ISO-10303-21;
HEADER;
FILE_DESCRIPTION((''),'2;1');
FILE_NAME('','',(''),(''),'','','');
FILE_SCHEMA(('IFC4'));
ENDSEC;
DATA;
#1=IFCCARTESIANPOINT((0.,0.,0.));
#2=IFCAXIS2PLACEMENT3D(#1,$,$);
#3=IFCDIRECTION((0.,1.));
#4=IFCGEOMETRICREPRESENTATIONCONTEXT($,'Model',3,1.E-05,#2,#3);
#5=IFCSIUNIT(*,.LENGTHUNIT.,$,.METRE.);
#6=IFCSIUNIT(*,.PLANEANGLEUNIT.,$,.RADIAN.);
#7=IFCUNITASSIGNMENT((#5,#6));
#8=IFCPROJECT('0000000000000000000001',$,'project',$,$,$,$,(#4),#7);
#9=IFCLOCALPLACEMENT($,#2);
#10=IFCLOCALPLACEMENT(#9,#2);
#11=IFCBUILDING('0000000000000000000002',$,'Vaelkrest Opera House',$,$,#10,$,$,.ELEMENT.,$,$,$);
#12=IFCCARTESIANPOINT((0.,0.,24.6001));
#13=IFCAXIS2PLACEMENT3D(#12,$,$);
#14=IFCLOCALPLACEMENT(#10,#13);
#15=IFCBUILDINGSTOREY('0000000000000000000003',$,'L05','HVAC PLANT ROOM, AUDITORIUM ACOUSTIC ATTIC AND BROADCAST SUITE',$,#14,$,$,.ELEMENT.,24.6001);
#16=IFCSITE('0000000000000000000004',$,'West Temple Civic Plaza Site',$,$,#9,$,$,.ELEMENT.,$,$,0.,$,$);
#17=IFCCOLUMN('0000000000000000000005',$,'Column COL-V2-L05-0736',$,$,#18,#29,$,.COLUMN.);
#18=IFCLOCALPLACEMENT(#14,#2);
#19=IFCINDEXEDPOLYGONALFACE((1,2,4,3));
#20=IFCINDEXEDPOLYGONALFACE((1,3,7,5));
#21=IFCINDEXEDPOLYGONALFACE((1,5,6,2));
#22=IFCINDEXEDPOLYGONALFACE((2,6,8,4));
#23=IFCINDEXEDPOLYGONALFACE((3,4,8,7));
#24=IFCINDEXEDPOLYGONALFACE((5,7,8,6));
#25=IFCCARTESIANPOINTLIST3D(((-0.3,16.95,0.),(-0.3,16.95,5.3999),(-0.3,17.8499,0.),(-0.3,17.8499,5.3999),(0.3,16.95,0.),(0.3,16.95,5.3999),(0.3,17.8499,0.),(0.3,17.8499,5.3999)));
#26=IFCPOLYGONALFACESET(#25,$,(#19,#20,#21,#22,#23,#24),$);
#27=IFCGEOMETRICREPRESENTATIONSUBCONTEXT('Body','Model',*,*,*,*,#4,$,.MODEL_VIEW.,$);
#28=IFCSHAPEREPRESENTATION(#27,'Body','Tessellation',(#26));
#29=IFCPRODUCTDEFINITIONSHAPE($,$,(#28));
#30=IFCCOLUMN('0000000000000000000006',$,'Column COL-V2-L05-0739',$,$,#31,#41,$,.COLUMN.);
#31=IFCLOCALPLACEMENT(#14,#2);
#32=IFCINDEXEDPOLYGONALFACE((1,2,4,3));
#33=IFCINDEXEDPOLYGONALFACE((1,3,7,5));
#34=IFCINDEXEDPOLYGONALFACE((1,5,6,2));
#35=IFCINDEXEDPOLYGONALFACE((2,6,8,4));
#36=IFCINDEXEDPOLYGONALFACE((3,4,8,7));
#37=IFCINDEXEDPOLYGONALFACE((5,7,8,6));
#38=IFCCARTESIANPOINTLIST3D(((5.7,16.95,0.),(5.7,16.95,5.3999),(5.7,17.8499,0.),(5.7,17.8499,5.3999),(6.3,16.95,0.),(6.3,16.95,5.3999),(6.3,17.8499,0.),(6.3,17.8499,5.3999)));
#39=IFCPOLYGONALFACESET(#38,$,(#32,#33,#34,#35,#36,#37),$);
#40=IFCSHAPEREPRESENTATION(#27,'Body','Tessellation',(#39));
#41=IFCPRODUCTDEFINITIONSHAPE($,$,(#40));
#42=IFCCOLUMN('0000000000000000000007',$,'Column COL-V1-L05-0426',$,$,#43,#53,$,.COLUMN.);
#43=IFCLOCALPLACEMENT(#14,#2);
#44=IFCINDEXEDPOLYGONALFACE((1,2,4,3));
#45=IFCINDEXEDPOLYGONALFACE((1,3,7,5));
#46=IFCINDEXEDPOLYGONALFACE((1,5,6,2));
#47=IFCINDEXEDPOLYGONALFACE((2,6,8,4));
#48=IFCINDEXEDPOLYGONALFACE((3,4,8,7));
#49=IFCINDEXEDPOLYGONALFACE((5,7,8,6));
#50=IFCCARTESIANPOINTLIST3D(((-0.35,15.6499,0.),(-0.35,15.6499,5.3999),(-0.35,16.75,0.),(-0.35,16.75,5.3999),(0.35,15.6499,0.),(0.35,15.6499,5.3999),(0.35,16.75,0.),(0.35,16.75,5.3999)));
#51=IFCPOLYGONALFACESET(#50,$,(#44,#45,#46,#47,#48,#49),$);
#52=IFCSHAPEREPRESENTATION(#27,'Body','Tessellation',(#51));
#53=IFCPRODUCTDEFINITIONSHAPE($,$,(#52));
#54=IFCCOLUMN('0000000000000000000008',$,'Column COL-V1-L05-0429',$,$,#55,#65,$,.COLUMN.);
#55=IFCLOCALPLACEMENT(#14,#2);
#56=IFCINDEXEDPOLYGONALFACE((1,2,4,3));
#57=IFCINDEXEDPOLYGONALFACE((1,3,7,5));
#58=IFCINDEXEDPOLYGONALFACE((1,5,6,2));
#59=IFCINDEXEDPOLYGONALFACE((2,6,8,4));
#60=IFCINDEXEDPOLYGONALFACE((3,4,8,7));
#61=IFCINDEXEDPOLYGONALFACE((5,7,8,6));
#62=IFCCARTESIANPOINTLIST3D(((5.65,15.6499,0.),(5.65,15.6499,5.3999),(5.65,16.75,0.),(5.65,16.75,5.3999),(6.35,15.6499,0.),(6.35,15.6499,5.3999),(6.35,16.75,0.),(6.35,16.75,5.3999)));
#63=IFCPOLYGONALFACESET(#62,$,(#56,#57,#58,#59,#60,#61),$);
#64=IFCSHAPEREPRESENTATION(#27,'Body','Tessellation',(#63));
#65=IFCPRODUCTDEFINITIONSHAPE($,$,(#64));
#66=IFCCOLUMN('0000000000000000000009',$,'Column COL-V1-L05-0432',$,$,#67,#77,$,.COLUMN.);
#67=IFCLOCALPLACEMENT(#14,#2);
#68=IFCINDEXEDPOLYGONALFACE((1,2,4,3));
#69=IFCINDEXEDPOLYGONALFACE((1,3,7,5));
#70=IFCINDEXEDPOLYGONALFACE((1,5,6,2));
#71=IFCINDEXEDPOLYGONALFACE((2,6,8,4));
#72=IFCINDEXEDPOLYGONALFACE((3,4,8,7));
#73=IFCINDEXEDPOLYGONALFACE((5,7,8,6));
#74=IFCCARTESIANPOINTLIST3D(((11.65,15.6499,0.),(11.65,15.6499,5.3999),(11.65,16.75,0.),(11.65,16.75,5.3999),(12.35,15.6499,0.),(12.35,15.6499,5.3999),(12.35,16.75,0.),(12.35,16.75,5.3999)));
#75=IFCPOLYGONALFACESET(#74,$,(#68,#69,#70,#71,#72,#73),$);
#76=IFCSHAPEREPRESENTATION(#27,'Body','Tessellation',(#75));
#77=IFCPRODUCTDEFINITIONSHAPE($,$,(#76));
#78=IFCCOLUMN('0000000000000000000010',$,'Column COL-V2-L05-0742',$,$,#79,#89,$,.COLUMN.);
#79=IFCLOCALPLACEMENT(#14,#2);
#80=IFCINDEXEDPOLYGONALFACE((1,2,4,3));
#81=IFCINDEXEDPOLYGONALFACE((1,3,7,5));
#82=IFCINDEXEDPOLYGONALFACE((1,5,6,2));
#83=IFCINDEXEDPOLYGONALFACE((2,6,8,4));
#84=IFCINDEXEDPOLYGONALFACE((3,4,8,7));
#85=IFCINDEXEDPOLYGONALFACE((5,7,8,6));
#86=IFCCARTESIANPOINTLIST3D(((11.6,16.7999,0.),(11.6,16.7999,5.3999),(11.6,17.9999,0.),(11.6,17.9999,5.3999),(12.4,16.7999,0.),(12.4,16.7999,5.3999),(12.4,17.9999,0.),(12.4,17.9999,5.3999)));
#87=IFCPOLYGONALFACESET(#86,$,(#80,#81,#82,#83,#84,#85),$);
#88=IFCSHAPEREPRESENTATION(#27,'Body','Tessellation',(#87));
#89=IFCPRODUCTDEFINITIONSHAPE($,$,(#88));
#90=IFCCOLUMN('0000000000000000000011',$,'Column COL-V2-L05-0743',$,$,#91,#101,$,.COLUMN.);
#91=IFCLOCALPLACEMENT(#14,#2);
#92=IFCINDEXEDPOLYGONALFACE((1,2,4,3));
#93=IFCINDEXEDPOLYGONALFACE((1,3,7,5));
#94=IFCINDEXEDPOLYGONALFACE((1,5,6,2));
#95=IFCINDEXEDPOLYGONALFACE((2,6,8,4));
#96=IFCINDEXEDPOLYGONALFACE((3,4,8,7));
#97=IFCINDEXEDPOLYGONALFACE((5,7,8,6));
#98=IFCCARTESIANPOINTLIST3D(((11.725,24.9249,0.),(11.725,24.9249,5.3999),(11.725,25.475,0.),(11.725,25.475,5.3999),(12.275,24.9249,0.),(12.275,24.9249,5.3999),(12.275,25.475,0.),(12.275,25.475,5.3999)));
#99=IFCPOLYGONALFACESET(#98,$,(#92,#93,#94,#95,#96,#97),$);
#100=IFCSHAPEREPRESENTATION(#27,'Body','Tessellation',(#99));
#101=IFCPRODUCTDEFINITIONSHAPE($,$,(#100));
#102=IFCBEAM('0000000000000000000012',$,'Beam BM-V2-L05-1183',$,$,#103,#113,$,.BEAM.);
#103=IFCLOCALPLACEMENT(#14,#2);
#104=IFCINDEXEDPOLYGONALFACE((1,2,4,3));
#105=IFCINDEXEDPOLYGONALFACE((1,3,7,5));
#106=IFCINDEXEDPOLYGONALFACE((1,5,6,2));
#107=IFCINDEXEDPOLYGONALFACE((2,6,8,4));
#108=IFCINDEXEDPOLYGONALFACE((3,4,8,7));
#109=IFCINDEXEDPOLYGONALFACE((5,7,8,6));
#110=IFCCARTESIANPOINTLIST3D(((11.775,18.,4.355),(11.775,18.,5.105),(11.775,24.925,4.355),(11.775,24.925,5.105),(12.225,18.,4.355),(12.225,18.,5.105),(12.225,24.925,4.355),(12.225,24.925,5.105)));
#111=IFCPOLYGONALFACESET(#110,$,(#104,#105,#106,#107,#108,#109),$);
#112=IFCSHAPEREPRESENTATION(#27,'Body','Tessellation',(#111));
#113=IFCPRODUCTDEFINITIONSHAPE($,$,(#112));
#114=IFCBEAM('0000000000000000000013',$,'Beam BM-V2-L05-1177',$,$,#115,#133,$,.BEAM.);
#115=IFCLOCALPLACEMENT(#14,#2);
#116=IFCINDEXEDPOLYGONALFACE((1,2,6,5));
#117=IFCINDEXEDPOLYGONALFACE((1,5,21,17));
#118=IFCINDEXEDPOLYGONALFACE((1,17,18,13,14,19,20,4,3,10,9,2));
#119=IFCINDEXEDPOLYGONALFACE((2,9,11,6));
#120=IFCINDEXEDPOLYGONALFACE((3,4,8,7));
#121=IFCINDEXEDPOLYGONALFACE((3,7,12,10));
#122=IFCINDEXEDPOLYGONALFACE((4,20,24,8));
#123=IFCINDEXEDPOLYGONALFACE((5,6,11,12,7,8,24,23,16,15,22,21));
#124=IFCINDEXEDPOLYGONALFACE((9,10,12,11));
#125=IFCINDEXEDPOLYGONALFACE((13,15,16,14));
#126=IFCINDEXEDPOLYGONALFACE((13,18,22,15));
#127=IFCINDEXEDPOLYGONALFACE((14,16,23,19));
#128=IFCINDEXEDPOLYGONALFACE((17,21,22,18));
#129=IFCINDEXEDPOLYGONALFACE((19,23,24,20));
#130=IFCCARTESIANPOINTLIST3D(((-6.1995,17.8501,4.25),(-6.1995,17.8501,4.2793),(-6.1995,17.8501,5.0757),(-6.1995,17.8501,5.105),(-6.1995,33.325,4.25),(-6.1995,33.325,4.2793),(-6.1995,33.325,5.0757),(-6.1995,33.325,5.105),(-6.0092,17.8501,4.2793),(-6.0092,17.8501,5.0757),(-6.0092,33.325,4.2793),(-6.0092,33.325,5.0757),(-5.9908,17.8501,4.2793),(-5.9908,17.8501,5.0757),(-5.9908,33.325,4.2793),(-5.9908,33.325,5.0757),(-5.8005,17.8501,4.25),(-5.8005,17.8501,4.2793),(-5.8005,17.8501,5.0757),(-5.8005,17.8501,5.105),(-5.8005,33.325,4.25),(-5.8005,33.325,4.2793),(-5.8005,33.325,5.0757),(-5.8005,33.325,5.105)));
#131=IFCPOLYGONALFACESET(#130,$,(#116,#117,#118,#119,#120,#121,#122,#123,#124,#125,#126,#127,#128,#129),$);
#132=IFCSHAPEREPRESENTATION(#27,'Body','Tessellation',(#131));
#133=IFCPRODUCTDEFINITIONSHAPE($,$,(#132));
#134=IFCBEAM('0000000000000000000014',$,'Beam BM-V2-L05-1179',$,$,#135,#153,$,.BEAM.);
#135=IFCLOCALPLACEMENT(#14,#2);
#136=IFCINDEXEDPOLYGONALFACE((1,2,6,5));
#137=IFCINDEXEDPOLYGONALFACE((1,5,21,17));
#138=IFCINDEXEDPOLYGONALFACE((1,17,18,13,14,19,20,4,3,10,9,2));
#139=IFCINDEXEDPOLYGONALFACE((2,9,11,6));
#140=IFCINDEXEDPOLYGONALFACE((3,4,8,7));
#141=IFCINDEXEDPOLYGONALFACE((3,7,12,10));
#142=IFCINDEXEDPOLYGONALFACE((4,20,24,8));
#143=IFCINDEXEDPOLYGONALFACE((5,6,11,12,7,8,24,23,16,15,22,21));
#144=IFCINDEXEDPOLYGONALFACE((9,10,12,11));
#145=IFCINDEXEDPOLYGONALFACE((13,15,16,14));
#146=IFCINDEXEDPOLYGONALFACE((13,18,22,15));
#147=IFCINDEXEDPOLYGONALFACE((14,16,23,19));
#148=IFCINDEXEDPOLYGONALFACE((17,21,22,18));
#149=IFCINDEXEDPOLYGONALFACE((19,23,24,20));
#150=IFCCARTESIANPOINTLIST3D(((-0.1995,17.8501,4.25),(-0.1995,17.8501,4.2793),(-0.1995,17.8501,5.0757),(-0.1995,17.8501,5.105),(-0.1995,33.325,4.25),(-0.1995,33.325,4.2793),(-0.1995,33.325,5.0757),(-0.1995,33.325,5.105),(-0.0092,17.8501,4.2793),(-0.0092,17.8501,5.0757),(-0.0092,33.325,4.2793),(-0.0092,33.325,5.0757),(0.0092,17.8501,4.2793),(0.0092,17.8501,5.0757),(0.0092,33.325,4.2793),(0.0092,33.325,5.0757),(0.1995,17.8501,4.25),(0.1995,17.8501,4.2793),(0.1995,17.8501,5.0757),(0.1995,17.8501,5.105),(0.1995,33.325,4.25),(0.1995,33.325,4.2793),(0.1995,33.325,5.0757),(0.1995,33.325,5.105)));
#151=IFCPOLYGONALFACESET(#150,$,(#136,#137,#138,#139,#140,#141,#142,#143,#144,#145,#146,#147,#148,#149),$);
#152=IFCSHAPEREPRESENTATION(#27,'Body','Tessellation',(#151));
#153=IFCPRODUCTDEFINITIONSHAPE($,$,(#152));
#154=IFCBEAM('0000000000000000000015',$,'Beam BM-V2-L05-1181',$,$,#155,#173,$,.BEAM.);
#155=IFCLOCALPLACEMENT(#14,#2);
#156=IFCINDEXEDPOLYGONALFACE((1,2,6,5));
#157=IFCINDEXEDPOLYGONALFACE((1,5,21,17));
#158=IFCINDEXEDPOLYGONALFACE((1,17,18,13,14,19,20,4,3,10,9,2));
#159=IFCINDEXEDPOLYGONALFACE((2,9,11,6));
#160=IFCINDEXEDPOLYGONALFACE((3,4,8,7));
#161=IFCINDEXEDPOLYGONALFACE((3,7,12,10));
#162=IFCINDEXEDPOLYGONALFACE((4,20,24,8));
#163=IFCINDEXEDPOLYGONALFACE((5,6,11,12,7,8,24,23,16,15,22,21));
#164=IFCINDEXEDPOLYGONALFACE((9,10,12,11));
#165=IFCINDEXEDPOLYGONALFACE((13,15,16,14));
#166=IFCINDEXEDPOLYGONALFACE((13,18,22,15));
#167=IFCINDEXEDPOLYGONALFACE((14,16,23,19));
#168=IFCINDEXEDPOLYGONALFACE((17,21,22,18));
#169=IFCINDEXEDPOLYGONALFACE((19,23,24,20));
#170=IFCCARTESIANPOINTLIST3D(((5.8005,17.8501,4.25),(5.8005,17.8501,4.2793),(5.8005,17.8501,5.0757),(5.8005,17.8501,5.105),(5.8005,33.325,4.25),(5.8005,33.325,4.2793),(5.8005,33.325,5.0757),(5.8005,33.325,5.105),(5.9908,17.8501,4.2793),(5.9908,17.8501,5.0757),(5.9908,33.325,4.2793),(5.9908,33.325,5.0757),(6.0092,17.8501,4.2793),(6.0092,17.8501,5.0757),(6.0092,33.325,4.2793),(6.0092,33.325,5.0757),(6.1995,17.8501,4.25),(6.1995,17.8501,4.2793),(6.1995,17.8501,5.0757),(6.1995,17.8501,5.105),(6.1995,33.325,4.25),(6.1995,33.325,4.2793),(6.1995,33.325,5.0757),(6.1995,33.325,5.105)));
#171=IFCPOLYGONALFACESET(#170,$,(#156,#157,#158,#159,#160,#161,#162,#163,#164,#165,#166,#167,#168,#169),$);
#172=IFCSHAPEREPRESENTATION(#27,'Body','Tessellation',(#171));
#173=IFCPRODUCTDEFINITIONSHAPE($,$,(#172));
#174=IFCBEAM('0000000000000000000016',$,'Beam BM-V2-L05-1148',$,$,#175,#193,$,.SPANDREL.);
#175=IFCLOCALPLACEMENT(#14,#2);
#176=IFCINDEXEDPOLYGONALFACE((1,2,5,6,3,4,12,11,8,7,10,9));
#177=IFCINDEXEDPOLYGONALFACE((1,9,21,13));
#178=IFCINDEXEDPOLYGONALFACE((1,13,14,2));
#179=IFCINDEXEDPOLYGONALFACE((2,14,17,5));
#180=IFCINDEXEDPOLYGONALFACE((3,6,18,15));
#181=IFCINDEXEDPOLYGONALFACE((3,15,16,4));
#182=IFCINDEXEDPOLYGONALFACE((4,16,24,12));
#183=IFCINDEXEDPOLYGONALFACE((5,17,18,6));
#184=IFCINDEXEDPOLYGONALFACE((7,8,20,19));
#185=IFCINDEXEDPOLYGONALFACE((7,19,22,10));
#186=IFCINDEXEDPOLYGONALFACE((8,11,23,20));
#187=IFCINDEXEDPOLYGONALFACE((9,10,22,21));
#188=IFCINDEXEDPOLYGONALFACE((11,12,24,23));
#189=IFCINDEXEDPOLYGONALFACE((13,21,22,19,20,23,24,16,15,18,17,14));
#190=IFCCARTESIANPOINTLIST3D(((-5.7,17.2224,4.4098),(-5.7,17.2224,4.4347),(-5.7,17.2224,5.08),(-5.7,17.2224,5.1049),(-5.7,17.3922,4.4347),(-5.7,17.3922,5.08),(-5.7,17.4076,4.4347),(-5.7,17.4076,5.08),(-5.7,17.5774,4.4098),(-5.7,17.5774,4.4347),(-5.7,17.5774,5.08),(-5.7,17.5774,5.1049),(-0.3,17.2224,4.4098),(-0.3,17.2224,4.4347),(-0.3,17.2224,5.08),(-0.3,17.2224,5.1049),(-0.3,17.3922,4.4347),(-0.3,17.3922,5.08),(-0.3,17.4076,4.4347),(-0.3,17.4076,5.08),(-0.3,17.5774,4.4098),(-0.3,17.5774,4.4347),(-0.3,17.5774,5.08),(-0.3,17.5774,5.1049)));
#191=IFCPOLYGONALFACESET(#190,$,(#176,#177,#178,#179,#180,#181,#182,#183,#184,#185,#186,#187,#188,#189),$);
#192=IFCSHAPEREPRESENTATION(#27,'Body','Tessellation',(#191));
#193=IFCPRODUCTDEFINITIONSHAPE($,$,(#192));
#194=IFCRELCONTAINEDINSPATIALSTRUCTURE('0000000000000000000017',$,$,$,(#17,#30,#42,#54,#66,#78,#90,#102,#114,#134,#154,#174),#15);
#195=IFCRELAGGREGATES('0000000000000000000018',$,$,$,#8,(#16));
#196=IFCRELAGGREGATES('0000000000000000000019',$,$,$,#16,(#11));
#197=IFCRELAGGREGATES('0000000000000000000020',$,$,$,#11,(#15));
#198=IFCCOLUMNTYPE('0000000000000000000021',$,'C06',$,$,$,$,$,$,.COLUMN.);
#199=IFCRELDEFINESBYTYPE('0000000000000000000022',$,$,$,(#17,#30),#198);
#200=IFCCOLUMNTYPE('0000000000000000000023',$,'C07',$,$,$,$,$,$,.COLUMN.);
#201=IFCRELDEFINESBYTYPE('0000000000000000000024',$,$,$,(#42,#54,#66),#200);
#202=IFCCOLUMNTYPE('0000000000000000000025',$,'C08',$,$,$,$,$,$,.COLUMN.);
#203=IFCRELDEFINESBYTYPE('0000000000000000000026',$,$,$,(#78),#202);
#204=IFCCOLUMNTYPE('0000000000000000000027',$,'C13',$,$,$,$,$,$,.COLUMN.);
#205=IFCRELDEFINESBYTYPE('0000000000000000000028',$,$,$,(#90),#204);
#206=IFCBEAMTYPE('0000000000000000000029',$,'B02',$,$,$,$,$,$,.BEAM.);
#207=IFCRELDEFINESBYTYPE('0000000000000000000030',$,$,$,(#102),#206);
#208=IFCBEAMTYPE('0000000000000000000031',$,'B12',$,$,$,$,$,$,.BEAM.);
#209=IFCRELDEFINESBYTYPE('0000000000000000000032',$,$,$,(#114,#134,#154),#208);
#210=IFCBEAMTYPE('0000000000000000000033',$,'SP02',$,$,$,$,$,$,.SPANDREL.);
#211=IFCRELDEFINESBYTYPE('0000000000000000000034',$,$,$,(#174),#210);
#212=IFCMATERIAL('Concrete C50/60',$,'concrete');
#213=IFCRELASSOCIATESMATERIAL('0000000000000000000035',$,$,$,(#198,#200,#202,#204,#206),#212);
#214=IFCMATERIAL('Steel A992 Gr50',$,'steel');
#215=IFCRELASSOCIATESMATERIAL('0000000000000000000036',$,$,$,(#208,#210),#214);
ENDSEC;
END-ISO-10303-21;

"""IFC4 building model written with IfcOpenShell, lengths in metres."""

from ifc_helpers import new_model, si_unit, direction, frame, origin, origin_2d, place, context, subcontext, project, spatial, rectangle, i_section, extrude, material, material_profile, profile_set, type_object, element, save


model = new_model("IFC4")

# Units and contexts
model_context = context("Model", 3, precision=1e-05, world=origin(), true_north=direction((0.0, 1.0)))
body_context = subcontext(model_context, "Body", "Model", "MODEL_VIEW")
ifc_project = project(units=[si_unit("LENGTHUNIT", "METRE"), si_unit("PLANEANGLEUNIT", "RADIAN")], contexts=[model_context])

# Site, building, storey
site_placement = place(None, origin())
site = spatial("IfcSite", under=ifc_project, at=site_placement, Name="West Temple Civic Plaza Site", CompositionType="ELEMENT", RefElevation=0.0)
building_placement = place(site_placement, origin())
building = spatial("IfcBuilding", under=site, at=building_placement, Name="Vaelkrest Opera House", CompositionType="ELEMENT")
storey_placement = place(building_placement, frame((0.0, 0.0, 24.6001)))
storey = spatial("IfcBuildingStorey", under=building, at=storey_placement, Name="L05", Description="HVAC PLANT ROOM, AUDITORIUM ACOUSTIC ATTIC AND BROADCAST SUITE", CompositionType="ELEMENT", Elevation=24.6001)

# Columns
ifc_material_1 = material(Name="Concrete C50/60", Category="concrete")
ifc_material_profile_1 = material_profile(ifc_material_1, rectangle(XDim=0.6001, YDim=0.8999, at=origin_2d()), Name="RC600X900")
ifc_profile_set_1 = profile_set([ifc_material_profile_1], Name="Concrete C50/60")
column_type_1 = type_object("IfcColumnType", Name="C06", PredefinedType="COLUMN", material=ifc_profile_set_1)
for number, where, z_axis, x_axis, name in (
    (1, (0.0, 17.3999, 0.0), (0.0, 0.0, 1.0), (1.0, 0.0, 0.0), "Column COL-V2-L05-0736"),
    (2, (6.0, 17.3999, 0.0), (0.0, 0.0, 1.0), (1.0, 0.0, 0.0), "Column COL-V2-L05-0739"),
):
    element("IfcColumn", number, at=place(storey_placement, frame(where, z_axis=z_axis, x_axis=x_axis)), inside=storey, type_object=column_type_1, Name=name, PredefinedType="COLUMN", context=body_context, shape_type="SweptSolid", body=[
        extrude(rectangle(XDim=0.6001, YDim=0.8999, at=origin_2d()), origin(), (0.0, 0.0, 1.0), 5.3999),
    ])
ifc_material_profile_2 = material_profile(ifc_material_1, rectangle(XDim=0.7, YDim=1.1001, at=origin_2d()), Name="RC700X1100")
ifc_profile_set_2 = profile_set([ifc_material_profile_2], Name="Concrete C50/60")
column_type_2 = type_object("IfcColumnType", Name="C07", PredefinedType="COLUMN", material=ifc_profile_set_2)
for number, where, z_axis, x_axis, name in (
    (3, (0.0, 16.2, 0.0), (0.0, 0.0, 1.0), (1.0, 0.0, 0.0), "Column COL-V1-L05-0426"),
    (4, (6.0, 16.2, 0.0), (0.0, 0.0, 1.0), (1.0, 0.0, 0.0), "Column COL-V1-L05-0429"),
    (5, (12.0, 16.2, 0.0), (0.0, 0.0, 1.0), (1.0, 0.0, 0.0), "Column COL-V1-L05-0432"),
):
    element("IfcColumn", number, at=place(storey_placement, frame(where, z_axis=z_axis, x_axis=x_axis)), inside=storey, type_object=column_type_2, Name=name, PredefinedType="COLUMN", context=body_context, shape_type="SweptSolid", body=[
        extrude(rectangle(XDim=0.7, YDim=1.1001, at=origin_2d()), origin(), (0.0, 0.0, 1.0), 5.3999),
    ])
ifc_material_profile_3 = material_profile(ifc_material_1, rectangle(XDim=0.8, YDim=1.2, at=origin_2d()), Name="RC800X1200")
ifc_profile_set_3 = profile_set([ifc_material_profile_3], Name="Concrete C50/60")
column_type_3 = type_object("IfcColumnType", Name="C08", PredefinedType="COLUMN", material=ifc_profile_set_3)
column_1_placement = place(storey_placement, frame((12.0, 17.3999, 0.0), z_axis=(0.0, 0.0, 1.0), x_axis=(1.0, 0.0, 0.0)))
element("IfcColumn", 6, at=column_1_placement, inside=storey, type_object=column_type_3, Name="Column COL-V2-L05-0742", PredefinedType="COLUMN", context=body_context, shape_type="SweptSolid", body=[
    extrude(rectangle(XDim=0.8, YDim=1.2, at=origin_2d()), origin(), (0.0, 0.0, 1.0), 5.3999),
])
ifc_material_profile_4 = material_profile(ifc_material_1, rectangle(XDim=0.55, YDim=0.55, at=origin_2d()), Name="RC550X550")
ifc_profile_set_4 = profile_set([ifc_material_profile_4], Name="Concrete C50/60")
column_type_4 = type_object("IfcColumnType", Name="C13", PredefinedType="COLUMN", material=ifc_profile_set_4)
column_2_placement = place(storey_placement, frame((12.0, 25.2, 0.0), z_axis=(0.0, 0.0, 1.0), x_axis=(1.0, 0.0, 0.0)))
element("IfcColumn", 7, at=column_2_placement, inside=storey, type_object=column_type_4, Name="Column COL-V2-L05-0743", PredefinedType="COLUMN", context=body_context, shape_type="SweptSolid", body=[
    extrude(rectangle(XDim=0.55, YDim=0.55, at=origin_2d()), origin(), (0.0, 0.0, 1.0), 5.3999),
])

# Beams
ifc_material_profile_5 = material_profile(ifc_material_1, rectangle(XDim=0.45, YDim=0.75, at=origin_2d()), Name="RCB450X750")
ifc_profile_set_5 = profile_set([ifc_material_profile_5], Name="Concrete C50/60")
beam_type_1 = type_object("IfcBeamType", Name="B02", PredefinedType="BEAM", material=ifc_profile_set_5)
beam_1_placement = place(storey_placement, frame((12.0, 18.0, 4.73), z_axis=(0.0, 1.0, 0.0), x_axis=(-1.0, 0.0, 0.0)))
element("IfcBeam", 8, at=beam_1_placement, inside=storey, type_object=beam_type_1, Name="Beam BM-V2-L05-1183", PredefinedType="BEAM", context=body_context, shape_type="SweptSolid", body=[
    extrude(rectangle(XDim=0.45, YDim=0.75, at=origin_2d()), origin(), (0.0, 0.0, 1.0), 6.925),
])
ifc_material_2 = material(Name="Steel A992 Gr50", Category="steel")
ifc_material_profile_6 = material_profile(ifc_material_2, i_section(OverallWidth=0.3989, OverallDepth=0.855, WebThickness=0.0183, FlangeThickness=0.0293, at=origin_2d()), Name="W33X201")
ifc_profile_set_6 = profile_set([ifc_material_profile_6], Name="Steel A992 Gr50")
beam_type_2 = type_object("IfcBeamType", Name="B12", PredefinedType="BEAM", material=ifc_profile_set_6)
for number, where, z_axis, x_axis, name in (
    (9, (-6.0, 17.8501, 4.6775), (0.0, 1.0, 0.0), (-1.0, 0.0, 0.0), "Beam BM-V2-L05-1177"),
    (10, (0.0, 17.8501, 4.6775), (0.0, 1.0, 0.0), (-1.0, 0.0, 0.0), "Beam BM-V2-L05-1179"),
    (11, (6.0, 17.8501, 4.6775), (0.0, 1.0, 0.0), (-1.0, 0.0, 0.0), "Beam BM-V2-L05-1181"),
):
    element("IfcBeam", number, at=place(storey_placement, frame(where, z_axis=z_axis, x_axis=x_axis)), inside=storey, type_object=beam_type_2, Name=name, PredefinedType="BEAM", context=body_context, shape_type="SweptSolid", body=[
        extrude(i_section(OverallWidth=0.3989, OverallDepth=0.855, WebThickness=0.0183, FlangeThickness=0.0293, at=origin_2d()), origin(), (0.0, 0.0, 1.0), 15.4749),
    ])
ifc_material_profile_7 = material_profile(ifc_material_2, i_section(OverallWidth=0.355, OverallDepth=0.6951, WebThickness=0.0154, FlangeThickness=0.0249, at=origin_2d()), Name="W27X146")
ifc_profile_set_7 = profile_set([ifc_material_profile_7], Name="Steel A992 Gr50")
beam_type_3 = type_object("IfcBeamType", Name="SP02", PredefinedType="SPANDREL", material=ifc_profile_set_7)
for number, where, z_axis, x_axis, name in (
    (12, (-5.7, 17.3999, 4.7573), (1.0, 0.0, 0.0), (0.0, 1.0, 0.0), "Beam BM-V2-L05-1148"),
):
    element("IfcBeam", number, at=place(storey_placement, frame(where, z_axis=z_axis, x_axis=x_axis)), inside=storey, type_object=beam_type_3, Name=name, PredefinedType="SPANDREL", context=body_context, shape_type="SweptSolid", body=[
        extrude(i_section(OverallWidth=0.355, OverallDepth=0.6951, WebThickness=0.0154, FlangeThickness=0.0249, at=origin_2d()), origin(), (0.0, 0.0, 1.0), 5.3999),
    ])

save(model, "model.ifc")
